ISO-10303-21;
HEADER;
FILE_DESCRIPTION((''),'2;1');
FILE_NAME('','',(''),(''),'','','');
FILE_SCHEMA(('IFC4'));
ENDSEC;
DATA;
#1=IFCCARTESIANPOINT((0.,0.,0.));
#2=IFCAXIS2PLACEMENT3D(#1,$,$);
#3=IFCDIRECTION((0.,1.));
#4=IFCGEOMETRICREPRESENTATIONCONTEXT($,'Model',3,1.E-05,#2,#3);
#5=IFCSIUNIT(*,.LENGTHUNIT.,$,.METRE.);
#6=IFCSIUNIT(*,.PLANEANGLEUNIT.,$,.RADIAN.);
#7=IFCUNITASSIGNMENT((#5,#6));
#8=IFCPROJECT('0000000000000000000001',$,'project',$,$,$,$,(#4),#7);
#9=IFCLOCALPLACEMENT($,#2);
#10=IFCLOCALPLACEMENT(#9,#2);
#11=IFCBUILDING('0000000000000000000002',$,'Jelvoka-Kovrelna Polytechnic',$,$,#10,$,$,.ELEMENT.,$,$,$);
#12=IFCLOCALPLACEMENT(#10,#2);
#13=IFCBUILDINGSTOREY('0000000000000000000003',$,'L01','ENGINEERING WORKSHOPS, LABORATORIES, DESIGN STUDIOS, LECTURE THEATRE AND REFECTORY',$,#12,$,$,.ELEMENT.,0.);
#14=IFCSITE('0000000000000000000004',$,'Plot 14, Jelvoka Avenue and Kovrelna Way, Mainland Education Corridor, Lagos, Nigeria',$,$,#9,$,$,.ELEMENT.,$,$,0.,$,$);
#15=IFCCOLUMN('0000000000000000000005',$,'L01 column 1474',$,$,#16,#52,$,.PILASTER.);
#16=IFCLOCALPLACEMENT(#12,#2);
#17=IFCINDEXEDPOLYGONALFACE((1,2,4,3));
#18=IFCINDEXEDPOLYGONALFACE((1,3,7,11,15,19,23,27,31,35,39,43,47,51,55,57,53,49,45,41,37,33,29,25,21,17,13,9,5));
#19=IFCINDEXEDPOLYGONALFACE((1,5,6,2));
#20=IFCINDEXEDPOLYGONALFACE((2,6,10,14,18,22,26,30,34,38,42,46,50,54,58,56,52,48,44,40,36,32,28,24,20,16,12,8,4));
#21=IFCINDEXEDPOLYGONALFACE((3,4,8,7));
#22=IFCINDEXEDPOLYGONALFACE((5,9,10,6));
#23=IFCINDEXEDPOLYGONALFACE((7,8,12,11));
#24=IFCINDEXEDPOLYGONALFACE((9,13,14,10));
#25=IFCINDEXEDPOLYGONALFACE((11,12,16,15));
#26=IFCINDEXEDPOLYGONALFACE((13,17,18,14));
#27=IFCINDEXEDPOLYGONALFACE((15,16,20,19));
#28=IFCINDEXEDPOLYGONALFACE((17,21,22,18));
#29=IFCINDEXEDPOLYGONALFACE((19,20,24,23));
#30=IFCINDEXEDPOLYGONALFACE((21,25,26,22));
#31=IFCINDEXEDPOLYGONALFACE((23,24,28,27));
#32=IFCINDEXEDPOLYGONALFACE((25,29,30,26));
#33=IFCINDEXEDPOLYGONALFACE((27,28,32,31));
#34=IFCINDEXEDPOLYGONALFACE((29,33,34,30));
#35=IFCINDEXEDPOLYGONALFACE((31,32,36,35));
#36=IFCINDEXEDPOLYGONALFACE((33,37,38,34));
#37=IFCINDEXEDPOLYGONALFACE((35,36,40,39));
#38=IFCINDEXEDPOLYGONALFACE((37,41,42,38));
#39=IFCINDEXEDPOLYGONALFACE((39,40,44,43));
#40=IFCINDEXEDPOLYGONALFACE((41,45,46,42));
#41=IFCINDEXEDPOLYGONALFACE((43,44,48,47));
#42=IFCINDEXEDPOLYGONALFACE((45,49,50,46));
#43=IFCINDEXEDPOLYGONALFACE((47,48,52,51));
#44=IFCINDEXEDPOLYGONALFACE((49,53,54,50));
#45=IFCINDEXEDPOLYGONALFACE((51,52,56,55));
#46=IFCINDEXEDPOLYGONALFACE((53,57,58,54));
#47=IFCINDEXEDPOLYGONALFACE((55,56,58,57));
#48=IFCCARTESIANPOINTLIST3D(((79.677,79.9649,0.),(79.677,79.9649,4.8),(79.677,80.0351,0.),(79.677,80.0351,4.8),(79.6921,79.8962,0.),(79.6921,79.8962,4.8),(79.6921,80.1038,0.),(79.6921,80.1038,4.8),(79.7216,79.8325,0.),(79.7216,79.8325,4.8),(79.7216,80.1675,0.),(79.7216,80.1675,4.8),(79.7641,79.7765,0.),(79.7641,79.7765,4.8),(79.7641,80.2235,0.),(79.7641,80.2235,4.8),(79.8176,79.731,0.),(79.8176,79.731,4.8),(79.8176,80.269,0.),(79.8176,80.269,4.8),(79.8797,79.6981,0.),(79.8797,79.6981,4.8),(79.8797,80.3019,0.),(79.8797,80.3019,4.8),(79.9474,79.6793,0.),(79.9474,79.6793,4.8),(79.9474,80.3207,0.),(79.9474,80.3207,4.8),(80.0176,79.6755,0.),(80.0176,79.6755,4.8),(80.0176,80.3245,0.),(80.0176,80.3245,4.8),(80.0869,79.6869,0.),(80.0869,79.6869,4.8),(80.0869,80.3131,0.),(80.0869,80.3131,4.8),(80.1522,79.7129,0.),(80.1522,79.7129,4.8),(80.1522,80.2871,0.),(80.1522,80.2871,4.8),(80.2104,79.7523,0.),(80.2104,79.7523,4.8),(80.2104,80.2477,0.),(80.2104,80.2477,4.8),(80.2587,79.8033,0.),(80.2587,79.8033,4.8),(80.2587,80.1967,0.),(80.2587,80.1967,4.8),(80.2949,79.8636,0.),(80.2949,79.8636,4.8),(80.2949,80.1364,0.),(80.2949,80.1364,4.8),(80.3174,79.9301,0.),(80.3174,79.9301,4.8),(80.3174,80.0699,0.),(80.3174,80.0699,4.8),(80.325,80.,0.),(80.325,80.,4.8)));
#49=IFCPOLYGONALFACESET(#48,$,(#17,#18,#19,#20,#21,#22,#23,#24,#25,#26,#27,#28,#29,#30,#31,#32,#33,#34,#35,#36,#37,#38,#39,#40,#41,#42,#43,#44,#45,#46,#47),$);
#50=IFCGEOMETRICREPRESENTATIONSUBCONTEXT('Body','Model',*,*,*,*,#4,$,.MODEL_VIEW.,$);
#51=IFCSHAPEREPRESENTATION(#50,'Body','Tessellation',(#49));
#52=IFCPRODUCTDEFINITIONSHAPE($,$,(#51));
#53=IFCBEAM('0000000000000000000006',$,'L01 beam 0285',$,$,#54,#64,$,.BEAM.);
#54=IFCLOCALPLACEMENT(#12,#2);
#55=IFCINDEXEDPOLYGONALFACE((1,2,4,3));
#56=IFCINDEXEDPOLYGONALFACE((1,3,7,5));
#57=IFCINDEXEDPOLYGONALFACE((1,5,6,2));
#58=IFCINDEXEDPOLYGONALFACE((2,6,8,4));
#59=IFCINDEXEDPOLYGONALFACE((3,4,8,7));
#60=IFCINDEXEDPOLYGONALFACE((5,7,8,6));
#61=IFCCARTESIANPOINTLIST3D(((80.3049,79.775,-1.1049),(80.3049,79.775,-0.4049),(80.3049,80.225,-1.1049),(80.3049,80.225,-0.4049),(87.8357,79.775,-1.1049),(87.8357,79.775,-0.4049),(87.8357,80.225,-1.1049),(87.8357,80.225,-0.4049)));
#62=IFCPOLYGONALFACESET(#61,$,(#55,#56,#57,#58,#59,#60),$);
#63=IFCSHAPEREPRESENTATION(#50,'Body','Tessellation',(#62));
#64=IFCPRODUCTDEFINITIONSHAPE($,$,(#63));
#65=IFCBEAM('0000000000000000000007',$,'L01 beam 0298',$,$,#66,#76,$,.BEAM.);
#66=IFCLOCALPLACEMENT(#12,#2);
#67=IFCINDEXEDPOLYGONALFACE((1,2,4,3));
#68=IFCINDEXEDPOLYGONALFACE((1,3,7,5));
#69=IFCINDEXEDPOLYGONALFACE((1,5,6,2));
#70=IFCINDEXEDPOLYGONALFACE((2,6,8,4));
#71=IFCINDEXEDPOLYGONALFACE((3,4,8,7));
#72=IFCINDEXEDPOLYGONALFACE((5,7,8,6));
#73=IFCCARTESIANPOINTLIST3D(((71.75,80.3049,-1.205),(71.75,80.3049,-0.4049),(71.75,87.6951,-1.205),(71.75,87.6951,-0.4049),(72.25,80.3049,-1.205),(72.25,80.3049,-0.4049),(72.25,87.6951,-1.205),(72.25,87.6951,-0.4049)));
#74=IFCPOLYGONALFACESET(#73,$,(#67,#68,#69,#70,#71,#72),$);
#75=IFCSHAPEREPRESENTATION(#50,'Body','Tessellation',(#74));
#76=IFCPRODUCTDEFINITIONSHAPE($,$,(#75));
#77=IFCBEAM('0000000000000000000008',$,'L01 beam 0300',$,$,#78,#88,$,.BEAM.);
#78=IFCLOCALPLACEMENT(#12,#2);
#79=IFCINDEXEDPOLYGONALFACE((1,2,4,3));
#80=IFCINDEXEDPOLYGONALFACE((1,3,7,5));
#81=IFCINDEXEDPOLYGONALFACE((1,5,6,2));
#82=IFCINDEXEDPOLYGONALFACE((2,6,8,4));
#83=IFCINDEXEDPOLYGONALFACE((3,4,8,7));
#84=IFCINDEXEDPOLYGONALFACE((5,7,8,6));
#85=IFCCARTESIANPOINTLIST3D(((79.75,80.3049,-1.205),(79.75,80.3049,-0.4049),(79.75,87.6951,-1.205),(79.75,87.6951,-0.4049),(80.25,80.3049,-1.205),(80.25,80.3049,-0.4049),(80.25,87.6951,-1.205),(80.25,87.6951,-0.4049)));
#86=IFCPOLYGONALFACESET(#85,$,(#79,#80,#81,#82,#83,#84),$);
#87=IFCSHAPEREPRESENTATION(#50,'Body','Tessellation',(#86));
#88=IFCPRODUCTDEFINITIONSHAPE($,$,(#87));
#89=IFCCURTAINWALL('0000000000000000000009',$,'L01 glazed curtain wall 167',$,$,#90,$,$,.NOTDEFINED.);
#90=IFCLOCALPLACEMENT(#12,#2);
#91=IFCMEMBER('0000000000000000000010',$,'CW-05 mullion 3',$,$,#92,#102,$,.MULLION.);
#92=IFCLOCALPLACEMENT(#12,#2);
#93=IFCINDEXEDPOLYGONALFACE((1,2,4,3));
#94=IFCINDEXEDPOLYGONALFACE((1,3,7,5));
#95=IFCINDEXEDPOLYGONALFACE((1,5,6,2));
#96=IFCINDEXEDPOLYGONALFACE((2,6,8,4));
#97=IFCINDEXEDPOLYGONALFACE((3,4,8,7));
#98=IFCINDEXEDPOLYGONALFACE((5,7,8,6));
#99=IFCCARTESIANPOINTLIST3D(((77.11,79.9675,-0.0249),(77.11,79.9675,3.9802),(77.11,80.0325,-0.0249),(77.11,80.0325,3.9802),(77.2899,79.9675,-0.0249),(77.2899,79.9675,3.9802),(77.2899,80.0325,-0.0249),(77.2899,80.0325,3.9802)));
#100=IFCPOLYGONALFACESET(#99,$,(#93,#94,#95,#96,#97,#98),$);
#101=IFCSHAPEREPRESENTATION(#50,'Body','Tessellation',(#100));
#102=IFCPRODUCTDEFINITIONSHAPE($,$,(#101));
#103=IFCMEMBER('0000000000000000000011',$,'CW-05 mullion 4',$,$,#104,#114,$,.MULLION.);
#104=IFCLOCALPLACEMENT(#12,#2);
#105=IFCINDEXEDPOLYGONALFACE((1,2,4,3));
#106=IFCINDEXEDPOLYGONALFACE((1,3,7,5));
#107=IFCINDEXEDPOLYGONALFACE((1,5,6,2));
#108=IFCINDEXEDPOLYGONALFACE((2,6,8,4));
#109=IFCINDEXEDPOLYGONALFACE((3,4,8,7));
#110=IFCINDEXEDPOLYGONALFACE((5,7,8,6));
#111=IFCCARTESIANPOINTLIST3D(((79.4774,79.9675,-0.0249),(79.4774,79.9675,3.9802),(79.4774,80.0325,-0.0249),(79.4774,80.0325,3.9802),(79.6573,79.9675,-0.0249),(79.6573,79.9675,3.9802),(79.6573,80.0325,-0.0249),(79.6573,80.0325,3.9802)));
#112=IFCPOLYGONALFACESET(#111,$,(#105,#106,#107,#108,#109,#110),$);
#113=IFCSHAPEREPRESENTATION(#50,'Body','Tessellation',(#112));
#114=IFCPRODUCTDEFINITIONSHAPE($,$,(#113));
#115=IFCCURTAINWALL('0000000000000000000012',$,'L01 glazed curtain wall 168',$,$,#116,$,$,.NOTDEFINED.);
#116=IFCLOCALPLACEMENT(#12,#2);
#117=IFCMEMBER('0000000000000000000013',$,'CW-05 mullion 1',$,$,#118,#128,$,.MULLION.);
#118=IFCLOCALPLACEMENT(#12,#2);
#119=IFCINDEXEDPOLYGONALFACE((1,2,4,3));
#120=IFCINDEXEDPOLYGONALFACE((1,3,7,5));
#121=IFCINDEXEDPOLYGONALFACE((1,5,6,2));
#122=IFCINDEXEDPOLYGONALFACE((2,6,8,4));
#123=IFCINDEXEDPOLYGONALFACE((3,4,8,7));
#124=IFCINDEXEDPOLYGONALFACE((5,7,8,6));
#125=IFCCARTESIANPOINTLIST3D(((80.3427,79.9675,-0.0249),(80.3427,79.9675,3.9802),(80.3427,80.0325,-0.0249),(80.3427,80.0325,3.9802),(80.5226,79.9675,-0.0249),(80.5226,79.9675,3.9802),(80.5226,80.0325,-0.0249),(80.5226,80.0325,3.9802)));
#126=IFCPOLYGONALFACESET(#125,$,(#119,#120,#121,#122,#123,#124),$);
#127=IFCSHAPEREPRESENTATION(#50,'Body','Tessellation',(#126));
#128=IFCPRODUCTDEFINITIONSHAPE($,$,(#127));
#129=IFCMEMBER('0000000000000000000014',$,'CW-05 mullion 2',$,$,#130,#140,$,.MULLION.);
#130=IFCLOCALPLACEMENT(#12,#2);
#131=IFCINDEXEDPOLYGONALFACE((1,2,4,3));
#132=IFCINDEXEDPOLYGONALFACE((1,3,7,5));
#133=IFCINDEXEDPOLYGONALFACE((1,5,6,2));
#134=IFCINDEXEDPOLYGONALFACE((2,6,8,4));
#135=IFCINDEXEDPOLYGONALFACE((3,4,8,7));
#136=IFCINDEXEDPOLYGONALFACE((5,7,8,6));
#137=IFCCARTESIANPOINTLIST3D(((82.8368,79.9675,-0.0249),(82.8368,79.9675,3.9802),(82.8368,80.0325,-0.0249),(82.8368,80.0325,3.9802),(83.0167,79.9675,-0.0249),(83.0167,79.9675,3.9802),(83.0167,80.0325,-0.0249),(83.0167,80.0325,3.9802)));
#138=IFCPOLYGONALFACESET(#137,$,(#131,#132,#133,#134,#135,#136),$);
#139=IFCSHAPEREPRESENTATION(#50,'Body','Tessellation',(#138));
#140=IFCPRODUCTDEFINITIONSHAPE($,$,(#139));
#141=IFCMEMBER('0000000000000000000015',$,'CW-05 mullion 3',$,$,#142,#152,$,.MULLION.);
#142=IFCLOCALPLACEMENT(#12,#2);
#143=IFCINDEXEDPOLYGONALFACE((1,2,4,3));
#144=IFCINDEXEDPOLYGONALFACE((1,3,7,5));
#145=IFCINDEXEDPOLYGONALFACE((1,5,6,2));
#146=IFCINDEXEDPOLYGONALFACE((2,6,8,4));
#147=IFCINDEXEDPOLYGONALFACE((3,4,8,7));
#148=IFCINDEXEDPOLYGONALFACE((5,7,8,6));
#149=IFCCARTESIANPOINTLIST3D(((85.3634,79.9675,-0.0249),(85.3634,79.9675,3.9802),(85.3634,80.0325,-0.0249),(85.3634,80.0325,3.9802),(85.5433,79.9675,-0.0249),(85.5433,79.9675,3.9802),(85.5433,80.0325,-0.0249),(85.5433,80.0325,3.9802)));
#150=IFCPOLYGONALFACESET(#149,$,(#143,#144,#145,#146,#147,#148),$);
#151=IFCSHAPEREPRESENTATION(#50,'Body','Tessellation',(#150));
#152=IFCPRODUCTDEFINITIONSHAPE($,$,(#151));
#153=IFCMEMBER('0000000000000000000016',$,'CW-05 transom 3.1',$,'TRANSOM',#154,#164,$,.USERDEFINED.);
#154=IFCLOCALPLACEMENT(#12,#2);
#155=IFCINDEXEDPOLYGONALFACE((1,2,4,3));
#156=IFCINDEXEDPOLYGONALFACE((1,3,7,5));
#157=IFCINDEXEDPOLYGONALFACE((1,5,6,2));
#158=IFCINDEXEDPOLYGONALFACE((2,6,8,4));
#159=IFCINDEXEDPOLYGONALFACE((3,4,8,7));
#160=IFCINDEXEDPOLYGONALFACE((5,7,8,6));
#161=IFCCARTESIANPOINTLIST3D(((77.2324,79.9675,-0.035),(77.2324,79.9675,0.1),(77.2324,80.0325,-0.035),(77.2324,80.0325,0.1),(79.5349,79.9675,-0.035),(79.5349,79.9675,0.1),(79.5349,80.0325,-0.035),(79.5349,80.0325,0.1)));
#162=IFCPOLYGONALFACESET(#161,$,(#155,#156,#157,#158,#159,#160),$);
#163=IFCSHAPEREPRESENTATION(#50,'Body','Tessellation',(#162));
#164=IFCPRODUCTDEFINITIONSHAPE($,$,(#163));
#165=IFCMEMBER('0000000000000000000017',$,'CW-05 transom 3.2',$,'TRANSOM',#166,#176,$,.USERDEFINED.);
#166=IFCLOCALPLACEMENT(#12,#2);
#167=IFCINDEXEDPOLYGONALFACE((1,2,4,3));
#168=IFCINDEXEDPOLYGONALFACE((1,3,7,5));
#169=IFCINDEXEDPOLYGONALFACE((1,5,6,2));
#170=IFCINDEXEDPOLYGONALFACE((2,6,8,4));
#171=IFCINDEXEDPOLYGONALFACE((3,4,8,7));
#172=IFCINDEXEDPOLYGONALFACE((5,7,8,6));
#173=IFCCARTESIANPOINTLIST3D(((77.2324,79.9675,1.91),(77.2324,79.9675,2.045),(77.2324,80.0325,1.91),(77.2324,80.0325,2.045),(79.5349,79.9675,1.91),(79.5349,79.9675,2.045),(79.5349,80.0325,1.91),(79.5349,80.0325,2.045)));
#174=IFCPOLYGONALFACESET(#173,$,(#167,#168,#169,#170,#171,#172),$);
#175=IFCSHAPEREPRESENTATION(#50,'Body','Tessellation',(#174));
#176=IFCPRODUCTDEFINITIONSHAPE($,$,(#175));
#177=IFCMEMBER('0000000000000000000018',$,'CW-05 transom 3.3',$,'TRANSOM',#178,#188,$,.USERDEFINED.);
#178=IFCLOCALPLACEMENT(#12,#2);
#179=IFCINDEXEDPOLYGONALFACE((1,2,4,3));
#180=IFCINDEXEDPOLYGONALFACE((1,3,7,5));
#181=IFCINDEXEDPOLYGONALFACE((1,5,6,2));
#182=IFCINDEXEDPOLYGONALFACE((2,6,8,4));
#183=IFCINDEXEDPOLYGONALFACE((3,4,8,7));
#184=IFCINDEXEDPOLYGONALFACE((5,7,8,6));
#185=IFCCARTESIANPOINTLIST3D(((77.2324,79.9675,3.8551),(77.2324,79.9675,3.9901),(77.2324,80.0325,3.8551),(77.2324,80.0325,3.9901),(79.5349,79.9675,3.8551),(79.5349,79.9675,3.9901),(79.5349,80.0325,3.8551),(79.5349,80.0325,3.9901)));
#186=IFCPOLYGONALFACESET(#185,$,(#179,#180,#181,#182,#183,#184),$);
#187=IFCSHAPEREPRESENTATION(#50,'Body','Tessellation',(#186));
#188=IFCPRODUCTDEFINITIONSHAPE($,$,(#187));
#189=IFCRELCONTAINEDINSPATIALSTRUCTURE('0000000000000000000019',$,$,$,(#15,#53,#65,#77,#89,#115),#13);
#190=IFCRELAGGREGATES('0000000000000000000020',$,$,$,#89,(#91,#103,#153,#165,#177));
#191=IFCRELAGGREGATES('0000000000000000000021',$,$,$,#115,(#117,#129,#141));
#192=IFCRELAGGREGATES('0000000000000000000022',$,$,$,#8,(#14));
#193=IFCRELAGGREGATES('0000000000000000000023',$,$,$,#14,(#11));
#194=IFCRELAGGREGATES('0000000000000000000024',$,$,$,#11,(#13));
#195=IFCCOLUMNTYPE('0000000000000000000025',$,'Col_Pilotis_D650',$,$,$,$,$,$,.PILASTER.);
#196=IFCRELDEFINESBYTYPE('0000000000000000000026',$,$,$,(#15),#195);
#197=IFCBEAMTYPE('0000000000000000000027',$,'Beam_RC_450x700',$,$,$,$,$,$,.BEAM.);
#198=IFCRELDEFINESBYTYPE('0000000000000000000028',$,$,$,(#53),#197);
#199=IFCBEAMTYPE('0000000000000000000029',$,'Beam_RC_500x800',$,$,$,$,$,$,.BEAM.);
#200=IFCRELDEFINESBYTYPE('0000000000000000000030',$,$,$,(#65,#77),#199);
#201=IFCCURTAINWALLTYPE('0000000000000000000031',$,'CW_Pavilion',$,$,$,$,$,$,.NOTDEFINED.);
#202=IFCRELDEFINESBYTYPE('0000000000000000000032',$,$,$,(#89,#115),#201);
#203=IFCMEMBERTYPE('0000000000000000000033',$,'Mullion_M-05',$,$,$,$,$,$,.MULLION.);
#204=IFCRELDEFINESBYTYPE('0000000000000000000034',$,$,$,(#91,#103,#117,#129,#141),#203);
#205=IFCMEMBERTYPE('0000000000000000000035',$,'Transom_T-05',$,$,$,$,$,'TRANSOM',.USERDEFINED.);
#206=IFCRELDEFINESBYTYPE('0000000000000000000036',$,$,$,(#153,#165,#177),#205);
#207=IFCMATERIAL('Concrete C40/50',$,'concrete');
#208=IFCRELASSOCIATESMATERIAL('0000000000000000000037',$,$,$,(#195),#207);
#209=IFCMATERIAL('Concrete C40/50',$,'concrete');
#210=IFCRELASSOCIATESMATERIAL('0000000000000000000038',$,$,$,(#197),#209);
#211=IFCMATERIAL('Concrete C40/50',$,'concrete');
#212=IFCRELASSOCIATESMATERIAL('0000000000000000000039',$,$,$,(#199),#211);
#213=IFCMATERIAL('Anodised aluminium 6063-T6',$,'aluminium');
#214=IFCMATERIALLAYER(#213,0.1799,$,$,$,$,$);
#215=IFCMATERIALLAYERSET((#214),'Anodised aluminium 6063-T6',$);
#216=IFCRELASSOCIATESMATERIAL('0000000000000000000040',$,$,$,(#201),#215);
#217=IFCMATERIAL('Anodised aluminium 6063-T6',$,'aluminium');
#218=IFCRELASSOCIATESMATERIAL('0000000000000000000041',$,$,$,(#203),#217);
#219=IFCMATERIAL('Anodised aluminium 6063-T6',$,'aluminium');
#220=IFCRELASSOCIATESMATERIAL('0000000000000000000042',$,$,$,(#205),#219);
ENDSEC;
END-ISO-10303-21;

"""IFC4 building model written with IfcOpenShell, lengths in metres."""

from ifc_helpers import new_model, si_unit, direction, frame, origin, origin_2d, place, context, subcontext, project, spatial, rectangle, circle, extrude, material, layer, layer_set, material_profile, profile_set, type_object, element, aggregate, save


model = new_model("IFC4")

# Units and contexts
model_context = context("Model", 3, precision=1e-05, world=origin(), true_north=direction((0.0, 1.0)))
body_context = subcontext(model_context, "Body", "Model", "MODEL_VIEW")
ifc_project = project(units=[si_unit("LENGTHUNIT", "METRE"), si_unit("PLANEANGLEUNIT", "RADIAN")], contexts=[model_context])

# Site, building, storey
site_placement = place(None, origin())
site = spatial("IfcSite", under=ifc_project, at=site_placement, Name="Plot 14, Jelvoka Avenue and Kovrelna Way, Mainland Education Corridor, Lagos, Nigeria", CompositionType="ELEMENT", RefElevation=0.0)
building_placement = place(site_placement, origin())
building = spatial("IfcBuilding", under=site, at=building_placement, Name="Jelvoka-Kovrelna Polytechnic", CompositionType="ELEMENT")
storey_placement = place(building_placement, origin())
storey = spatial("IfcBuildingStorey", under=building, at=storey_placement, Name="L01", Description="ENGINEERING WORKSHOPS, LABORATORIES, DESIGN STUDIOS, LECTURE THEATRE AND REFECTORY", CompositionType="ELEMENT", Elevation=0.0)

# Column
ifc_material_1 = material(Name="Concrete C40/50", Category="concrete")
ifc_material_profile_1 = material_profile(ifc_material_1, circle(Radius=0.325, at=origin_2d()), Name="RC D650")
ifc_profile_set_1 = profile_set([ifc_material_profile_1], Name="Concrete C40/50")
column_type = type_object("IfcColumnType", Name="Col_Pilotis_D650", PredefinedType="PILASTER", material=ifc_profile_set_1)
column_placement = place(storey_placement, frame((80.0, 80.0, 0.0), z_axis=(0.0, 0.0, 1.0), x_axis=(1.0, 0.0, 0.0)))
element("IfcColumn", 1, at=column_placement, inside=storey, type_object=column_type, Name="L01 column 1474", PredefinedType="PILASTER", context=body_context, shape_type="SweptSolid", body=[
    extrude(circle(Radius=0.325, at=origin_2d()), origin(), (0.0, 0.0, 1.0), 4.8),
])

# Beams
ifc_material_2 = material(Name="Concrete C40/50", Category="concrete")
ifc_material_profile_2 = material_profile(ifc_material_2, rectangle(XDim=0.45, YDim=0.7, at=origin_2d()), Name="RC 450x700")
ifc_profile_set_2 = profile_set([ifc_material_profile_2], Name="Concrete C40/50")
beam_type_1 = type_object("IfcBeamType", Name="Beam_RC_450x700", PredefinedType="BEAM", material=ifc_profile_set_2)
beam_placement = place(storey_placement, frame((80.3049, 80.0, -0.7549), z_axis=(1.0, 0.0, 0.0), x_axis=(0.0, 1.0, 0.0)))
element("IfcBeam", 2, at=beam_placement, inside=storey, type_object=beam_type_1, Name="L01 beam 0285", PredefinedType="BEAM", context=body_context, shape_type="SweptSolid", body=[
    extrude(rectangle(XDim=0.45, YDim=0.7, at=origin_2d()), origin(), (0.0, 0.0, 1.0), 7.5308),
])
ifc_material_3 = material(Name="Concrete C40/50", Category="concrete")
ifc_material_profile_3 = material_profile(ifc_material_3, rectangle(XDim=0.5, YDim=0.8, at=origin_2d()), Name="RC 500x800")
ifc_profile_set_3 = profile_set([ifc_material_profile_3], Name="Concrete C40/50")
beam_type_2 = type_object("IfcBeamType", Name="Beam_RC_500x800", PredefinedType="BEAM", material=ifc_profile_set_3)
for number, where, z_axis, x_axis, name in (
    (3, (72.0, 80.3049, -0.8049), (0.0, 1.0, 0.0), (-1.0, 0.0, 0.0), "L01 beam 0298"),
    (4, (80.0, 80.3049, -0.8049), (0.0, 1.0, 0.0), (-1.0, 0.0, 0.0), "L01 beam 0300"),
):
    element("IfcBeam", number, at=place(storey_placement, frame(where, z_axis=z_axis, x_axis=x_axis)), inside=storey, type_object=beam_type_2, Name=name, PredefinedType="BEAM", context=body_context, shape_type="SweptSolid", body=[
        extrude(rectangle(XDim=0.5, YDim=0.8, at=origin_2d()), origin(), (0.0, 0.0, 1.0), 7.3901),
    ])

# Curtain walls, members
ifc_material_4 = material(Name="Anodised aluminium 6063-T6", Category="aluminium")
ifc_layer_1 = layer(ifc_material_4, 0.1799)
ifc_layer_set_1 = layer_set([ifc_layer_1], Name="Anodised aluminium 6063-T6")
curtain_wall_type = type_object("IfcCurtainWallType", Name="CW_Pavilion", PredefinedType="NOTDEFINED", material=ifc_layer_set_1)
curtain_wall_1_placement = place(storey_placement, origin())
curtain_wall_1 = element("IfcCurtainWall", 5, at=curtain_wall_1_placement, inside=storey, type_object=curtain_wall_type, Name="L01 glazed curtain wall 167", PredefinedType="NOTDEFINED")
ifc_material_5 = material(Name="Anodised aluminium 6063-T6", Category="aluminium")
ifc_material_profile_4 = material_profile(ifc_material_5, rectangle(XDim=0.0649, YDim=0.1799, at=origin_2d()), Name="ALU 65x180")
ifc_profile_set_4 = profile_set([ifc_material_profile_4], Name="Anodised aluminium 6063-T6")
member_type_1 = type_object("IfcMemberType", Name="Mullion_M-05", PredefinedType="MULLION", material=ifc_profile_set_4)
member_1_placement = place(storey_placement, frame((77.2, 80.0, -0.0249), z_axis=(0.0, 0.0, 1.0), x_axis=(0.0, 1.0, 0.0)))
member_1 = element("IfcMember", 6, at=member_1_placement, type_object=member_type_1, Name="CW-05 mullion 3", PredefinedType="MULLION", context=body_context, shape_type="SweptSolid", body=[
    extrude(rectangle(XDim=0.0649, YDim=0.1799, at=origin_2d()), origin(), (0.0, 0.0, 1.0), 4.0051),
])
member_2_placement = place(storey_placement, frame((79.5674, 80.0, -0.0249), z_axis=(0.0, 0.0, 1.0), x_axis=(0.0, 1.0, 0.0)))
member_2 = element("IfcMember", 7, at=member_2_placement, type_object=member_type_1, Name="CW-05 mullion 4", PredefinedType="MULLION", context=body_context, shape_type="SweptSolid", body=[
    extrude(rectangle(XDim=0.0649, YDim=0.1799, at=origin_2d()), origin(), (0.0, 0.0, 1.0), 4.0051),
])
curtain_wall_2_placement = place(storey_placement, origin())
curtain_wall_2 = element("IfcCurtainWall", 8, at=curtain_wall_2_placement, inside=storey, type_object=curtain_wall_type, Name="L01 glazed curtain wall 168", PredefinedType="NOTDEFINED")
member_3_placement = place(storey_placement, frame((80.4326, 80.0, -0.0249), z_axis=(0.0, 0.0, 1.0), x_axis=(0.0, 1.0, 0.0)))
member_3 = element("IfcMember", 9, at=member_3_placement, type_object=member_type_1, Name="CW-05 mullion 1", PredefinedType="MULLION", context=body_context, shape_type="SweptSolid", body=[
    extrude(rectangle(XDim=0.0649, YDim=0.1799, at=origin_2d()), origin(), (0.0, 0.0, 1.0), 4.0051),
])
member_4_placement = place(storey_placement, frame((82.9268, 80.0, -0.0249), z_axis=(0.0, 0.0, 1.0), x_axis=(0.0, 1.0, 0.0)))
member_4 = element("IfcMember", 10, at=member_4_placement, type_object=member_type_1, Name="CW-05 mullion 2", PredefinedType="MULLION", context=body_context, shape_type="SweptSolid", body=[
    extrude(rectangle(XDim=0.0649, YDim=0.1799, at=origin_2d()), origin(), (0.0, 0.0, 1.0), 4.0051),
])
member_5_placement = place(storey_placement, frame((85.4534, 80.0, -0.0249), z_axis=(0.0, 0.0, 1.0), x_axis=(0.0, 1.0, 0.0)))
member_5 = element("IfcMember", 11, at=member_5_placement, type_object=member_type_1, Name="CW-05 mullion 3", PredefinedType="MULLION", context=body_context, shape_type="SweptSolid", body=[
    extrude(rectangle(XDim=0.0649, YDim=0.1799, at=origin_2d()), origin(), (0.0, 0.0, 1.0), 4.0051),
])

# Members
ifc_material_6 = material(Name="Anodised aluminium 6063-T6", Category="aluminium")
ifc_material_profile_5 = material_profile(ifc_material_6, rectangle(XDim=0.0649, YDim=0.135, at=origin_2d()), Name="ALU 65x135")
ifc_profile_set_5 = profile_set([ifc_material_profile_5], Name="Anodised aluminium 6063-T6")
member_type_2 = type_object("IfcMemberType", Name="Transom_T-05", ElementType="TRANSOM", PredefinedType="USERDEFINED", material=ifc_profile_set_5)
member_6_placement = place(storey_placement, frame((77.2324, 80.0, 0.0325), z_axis=(1.0, 0.0, 0.0), x_axis=(0.0, 1.0, 0.0)))
member_6 = element("IfcMember", 12, at=member_6_placement, type_object=member_type_2, Name="CW-05 transom 3.1", ObjectType="TRANSOM", PredefinedType="USERDEFINED", context=body_context, shape_type="SweptSolid", body=[
    extrude(rectangle(XDim=0.0649, YDim=0.135, at=origin_2d()), origin(), (0.0, 0.0, 1.0), 2.3025),
])
member_7_placement = place(storey_placement, frame((77.2324, 80.0, 1.9775), z_axis=(1.0, 0.0, 0.0), x_axis=(0.0, 1.0, 0.0)))
member_7 = element("IfcMember", 13, at=member_7_placement, type_object=member_type_2, Name="CW-05 transom 3.2", ObjectType="TRANSOM", PredefinedType="USERDEFINED", context=body_context, shape_type="SweptSolid", body=[
    extrude(rectangle(XDim=0.0649, YDim=0.135, at=origin_2d()), origin(), (0.0, 0.0, 1.0), 2.3025),
])
member_8_placement = place(storey_placement, frame((77.2324, 80.0, 3.9226), z_axis=(1.0, 0.0, 0.0), x_axis=(0.0, 1.0, 0.0)))
member_8 = element("IfcMember", 14, at=member_8_placement, type_object=member_type_2, Name="CW-05 transom 3.3", ObjectType="TRANSOM", PredefinedType="USERDEFINED", context=body_context, shape_type="SweptSolid", body=[
    extrude(rectangle(XDim=0.0649, YDim=0.135, at=origin_2d()), origin(), (0.0, 0.0, 1.0), 2.3025),
])

aggregate(curtain_wall_1, [member_1, member_2, member_6, member_7, member_8])
aggregate(curtain_wall_2, [member_3, member_4, member_5])

save(model, "model.ifc")
